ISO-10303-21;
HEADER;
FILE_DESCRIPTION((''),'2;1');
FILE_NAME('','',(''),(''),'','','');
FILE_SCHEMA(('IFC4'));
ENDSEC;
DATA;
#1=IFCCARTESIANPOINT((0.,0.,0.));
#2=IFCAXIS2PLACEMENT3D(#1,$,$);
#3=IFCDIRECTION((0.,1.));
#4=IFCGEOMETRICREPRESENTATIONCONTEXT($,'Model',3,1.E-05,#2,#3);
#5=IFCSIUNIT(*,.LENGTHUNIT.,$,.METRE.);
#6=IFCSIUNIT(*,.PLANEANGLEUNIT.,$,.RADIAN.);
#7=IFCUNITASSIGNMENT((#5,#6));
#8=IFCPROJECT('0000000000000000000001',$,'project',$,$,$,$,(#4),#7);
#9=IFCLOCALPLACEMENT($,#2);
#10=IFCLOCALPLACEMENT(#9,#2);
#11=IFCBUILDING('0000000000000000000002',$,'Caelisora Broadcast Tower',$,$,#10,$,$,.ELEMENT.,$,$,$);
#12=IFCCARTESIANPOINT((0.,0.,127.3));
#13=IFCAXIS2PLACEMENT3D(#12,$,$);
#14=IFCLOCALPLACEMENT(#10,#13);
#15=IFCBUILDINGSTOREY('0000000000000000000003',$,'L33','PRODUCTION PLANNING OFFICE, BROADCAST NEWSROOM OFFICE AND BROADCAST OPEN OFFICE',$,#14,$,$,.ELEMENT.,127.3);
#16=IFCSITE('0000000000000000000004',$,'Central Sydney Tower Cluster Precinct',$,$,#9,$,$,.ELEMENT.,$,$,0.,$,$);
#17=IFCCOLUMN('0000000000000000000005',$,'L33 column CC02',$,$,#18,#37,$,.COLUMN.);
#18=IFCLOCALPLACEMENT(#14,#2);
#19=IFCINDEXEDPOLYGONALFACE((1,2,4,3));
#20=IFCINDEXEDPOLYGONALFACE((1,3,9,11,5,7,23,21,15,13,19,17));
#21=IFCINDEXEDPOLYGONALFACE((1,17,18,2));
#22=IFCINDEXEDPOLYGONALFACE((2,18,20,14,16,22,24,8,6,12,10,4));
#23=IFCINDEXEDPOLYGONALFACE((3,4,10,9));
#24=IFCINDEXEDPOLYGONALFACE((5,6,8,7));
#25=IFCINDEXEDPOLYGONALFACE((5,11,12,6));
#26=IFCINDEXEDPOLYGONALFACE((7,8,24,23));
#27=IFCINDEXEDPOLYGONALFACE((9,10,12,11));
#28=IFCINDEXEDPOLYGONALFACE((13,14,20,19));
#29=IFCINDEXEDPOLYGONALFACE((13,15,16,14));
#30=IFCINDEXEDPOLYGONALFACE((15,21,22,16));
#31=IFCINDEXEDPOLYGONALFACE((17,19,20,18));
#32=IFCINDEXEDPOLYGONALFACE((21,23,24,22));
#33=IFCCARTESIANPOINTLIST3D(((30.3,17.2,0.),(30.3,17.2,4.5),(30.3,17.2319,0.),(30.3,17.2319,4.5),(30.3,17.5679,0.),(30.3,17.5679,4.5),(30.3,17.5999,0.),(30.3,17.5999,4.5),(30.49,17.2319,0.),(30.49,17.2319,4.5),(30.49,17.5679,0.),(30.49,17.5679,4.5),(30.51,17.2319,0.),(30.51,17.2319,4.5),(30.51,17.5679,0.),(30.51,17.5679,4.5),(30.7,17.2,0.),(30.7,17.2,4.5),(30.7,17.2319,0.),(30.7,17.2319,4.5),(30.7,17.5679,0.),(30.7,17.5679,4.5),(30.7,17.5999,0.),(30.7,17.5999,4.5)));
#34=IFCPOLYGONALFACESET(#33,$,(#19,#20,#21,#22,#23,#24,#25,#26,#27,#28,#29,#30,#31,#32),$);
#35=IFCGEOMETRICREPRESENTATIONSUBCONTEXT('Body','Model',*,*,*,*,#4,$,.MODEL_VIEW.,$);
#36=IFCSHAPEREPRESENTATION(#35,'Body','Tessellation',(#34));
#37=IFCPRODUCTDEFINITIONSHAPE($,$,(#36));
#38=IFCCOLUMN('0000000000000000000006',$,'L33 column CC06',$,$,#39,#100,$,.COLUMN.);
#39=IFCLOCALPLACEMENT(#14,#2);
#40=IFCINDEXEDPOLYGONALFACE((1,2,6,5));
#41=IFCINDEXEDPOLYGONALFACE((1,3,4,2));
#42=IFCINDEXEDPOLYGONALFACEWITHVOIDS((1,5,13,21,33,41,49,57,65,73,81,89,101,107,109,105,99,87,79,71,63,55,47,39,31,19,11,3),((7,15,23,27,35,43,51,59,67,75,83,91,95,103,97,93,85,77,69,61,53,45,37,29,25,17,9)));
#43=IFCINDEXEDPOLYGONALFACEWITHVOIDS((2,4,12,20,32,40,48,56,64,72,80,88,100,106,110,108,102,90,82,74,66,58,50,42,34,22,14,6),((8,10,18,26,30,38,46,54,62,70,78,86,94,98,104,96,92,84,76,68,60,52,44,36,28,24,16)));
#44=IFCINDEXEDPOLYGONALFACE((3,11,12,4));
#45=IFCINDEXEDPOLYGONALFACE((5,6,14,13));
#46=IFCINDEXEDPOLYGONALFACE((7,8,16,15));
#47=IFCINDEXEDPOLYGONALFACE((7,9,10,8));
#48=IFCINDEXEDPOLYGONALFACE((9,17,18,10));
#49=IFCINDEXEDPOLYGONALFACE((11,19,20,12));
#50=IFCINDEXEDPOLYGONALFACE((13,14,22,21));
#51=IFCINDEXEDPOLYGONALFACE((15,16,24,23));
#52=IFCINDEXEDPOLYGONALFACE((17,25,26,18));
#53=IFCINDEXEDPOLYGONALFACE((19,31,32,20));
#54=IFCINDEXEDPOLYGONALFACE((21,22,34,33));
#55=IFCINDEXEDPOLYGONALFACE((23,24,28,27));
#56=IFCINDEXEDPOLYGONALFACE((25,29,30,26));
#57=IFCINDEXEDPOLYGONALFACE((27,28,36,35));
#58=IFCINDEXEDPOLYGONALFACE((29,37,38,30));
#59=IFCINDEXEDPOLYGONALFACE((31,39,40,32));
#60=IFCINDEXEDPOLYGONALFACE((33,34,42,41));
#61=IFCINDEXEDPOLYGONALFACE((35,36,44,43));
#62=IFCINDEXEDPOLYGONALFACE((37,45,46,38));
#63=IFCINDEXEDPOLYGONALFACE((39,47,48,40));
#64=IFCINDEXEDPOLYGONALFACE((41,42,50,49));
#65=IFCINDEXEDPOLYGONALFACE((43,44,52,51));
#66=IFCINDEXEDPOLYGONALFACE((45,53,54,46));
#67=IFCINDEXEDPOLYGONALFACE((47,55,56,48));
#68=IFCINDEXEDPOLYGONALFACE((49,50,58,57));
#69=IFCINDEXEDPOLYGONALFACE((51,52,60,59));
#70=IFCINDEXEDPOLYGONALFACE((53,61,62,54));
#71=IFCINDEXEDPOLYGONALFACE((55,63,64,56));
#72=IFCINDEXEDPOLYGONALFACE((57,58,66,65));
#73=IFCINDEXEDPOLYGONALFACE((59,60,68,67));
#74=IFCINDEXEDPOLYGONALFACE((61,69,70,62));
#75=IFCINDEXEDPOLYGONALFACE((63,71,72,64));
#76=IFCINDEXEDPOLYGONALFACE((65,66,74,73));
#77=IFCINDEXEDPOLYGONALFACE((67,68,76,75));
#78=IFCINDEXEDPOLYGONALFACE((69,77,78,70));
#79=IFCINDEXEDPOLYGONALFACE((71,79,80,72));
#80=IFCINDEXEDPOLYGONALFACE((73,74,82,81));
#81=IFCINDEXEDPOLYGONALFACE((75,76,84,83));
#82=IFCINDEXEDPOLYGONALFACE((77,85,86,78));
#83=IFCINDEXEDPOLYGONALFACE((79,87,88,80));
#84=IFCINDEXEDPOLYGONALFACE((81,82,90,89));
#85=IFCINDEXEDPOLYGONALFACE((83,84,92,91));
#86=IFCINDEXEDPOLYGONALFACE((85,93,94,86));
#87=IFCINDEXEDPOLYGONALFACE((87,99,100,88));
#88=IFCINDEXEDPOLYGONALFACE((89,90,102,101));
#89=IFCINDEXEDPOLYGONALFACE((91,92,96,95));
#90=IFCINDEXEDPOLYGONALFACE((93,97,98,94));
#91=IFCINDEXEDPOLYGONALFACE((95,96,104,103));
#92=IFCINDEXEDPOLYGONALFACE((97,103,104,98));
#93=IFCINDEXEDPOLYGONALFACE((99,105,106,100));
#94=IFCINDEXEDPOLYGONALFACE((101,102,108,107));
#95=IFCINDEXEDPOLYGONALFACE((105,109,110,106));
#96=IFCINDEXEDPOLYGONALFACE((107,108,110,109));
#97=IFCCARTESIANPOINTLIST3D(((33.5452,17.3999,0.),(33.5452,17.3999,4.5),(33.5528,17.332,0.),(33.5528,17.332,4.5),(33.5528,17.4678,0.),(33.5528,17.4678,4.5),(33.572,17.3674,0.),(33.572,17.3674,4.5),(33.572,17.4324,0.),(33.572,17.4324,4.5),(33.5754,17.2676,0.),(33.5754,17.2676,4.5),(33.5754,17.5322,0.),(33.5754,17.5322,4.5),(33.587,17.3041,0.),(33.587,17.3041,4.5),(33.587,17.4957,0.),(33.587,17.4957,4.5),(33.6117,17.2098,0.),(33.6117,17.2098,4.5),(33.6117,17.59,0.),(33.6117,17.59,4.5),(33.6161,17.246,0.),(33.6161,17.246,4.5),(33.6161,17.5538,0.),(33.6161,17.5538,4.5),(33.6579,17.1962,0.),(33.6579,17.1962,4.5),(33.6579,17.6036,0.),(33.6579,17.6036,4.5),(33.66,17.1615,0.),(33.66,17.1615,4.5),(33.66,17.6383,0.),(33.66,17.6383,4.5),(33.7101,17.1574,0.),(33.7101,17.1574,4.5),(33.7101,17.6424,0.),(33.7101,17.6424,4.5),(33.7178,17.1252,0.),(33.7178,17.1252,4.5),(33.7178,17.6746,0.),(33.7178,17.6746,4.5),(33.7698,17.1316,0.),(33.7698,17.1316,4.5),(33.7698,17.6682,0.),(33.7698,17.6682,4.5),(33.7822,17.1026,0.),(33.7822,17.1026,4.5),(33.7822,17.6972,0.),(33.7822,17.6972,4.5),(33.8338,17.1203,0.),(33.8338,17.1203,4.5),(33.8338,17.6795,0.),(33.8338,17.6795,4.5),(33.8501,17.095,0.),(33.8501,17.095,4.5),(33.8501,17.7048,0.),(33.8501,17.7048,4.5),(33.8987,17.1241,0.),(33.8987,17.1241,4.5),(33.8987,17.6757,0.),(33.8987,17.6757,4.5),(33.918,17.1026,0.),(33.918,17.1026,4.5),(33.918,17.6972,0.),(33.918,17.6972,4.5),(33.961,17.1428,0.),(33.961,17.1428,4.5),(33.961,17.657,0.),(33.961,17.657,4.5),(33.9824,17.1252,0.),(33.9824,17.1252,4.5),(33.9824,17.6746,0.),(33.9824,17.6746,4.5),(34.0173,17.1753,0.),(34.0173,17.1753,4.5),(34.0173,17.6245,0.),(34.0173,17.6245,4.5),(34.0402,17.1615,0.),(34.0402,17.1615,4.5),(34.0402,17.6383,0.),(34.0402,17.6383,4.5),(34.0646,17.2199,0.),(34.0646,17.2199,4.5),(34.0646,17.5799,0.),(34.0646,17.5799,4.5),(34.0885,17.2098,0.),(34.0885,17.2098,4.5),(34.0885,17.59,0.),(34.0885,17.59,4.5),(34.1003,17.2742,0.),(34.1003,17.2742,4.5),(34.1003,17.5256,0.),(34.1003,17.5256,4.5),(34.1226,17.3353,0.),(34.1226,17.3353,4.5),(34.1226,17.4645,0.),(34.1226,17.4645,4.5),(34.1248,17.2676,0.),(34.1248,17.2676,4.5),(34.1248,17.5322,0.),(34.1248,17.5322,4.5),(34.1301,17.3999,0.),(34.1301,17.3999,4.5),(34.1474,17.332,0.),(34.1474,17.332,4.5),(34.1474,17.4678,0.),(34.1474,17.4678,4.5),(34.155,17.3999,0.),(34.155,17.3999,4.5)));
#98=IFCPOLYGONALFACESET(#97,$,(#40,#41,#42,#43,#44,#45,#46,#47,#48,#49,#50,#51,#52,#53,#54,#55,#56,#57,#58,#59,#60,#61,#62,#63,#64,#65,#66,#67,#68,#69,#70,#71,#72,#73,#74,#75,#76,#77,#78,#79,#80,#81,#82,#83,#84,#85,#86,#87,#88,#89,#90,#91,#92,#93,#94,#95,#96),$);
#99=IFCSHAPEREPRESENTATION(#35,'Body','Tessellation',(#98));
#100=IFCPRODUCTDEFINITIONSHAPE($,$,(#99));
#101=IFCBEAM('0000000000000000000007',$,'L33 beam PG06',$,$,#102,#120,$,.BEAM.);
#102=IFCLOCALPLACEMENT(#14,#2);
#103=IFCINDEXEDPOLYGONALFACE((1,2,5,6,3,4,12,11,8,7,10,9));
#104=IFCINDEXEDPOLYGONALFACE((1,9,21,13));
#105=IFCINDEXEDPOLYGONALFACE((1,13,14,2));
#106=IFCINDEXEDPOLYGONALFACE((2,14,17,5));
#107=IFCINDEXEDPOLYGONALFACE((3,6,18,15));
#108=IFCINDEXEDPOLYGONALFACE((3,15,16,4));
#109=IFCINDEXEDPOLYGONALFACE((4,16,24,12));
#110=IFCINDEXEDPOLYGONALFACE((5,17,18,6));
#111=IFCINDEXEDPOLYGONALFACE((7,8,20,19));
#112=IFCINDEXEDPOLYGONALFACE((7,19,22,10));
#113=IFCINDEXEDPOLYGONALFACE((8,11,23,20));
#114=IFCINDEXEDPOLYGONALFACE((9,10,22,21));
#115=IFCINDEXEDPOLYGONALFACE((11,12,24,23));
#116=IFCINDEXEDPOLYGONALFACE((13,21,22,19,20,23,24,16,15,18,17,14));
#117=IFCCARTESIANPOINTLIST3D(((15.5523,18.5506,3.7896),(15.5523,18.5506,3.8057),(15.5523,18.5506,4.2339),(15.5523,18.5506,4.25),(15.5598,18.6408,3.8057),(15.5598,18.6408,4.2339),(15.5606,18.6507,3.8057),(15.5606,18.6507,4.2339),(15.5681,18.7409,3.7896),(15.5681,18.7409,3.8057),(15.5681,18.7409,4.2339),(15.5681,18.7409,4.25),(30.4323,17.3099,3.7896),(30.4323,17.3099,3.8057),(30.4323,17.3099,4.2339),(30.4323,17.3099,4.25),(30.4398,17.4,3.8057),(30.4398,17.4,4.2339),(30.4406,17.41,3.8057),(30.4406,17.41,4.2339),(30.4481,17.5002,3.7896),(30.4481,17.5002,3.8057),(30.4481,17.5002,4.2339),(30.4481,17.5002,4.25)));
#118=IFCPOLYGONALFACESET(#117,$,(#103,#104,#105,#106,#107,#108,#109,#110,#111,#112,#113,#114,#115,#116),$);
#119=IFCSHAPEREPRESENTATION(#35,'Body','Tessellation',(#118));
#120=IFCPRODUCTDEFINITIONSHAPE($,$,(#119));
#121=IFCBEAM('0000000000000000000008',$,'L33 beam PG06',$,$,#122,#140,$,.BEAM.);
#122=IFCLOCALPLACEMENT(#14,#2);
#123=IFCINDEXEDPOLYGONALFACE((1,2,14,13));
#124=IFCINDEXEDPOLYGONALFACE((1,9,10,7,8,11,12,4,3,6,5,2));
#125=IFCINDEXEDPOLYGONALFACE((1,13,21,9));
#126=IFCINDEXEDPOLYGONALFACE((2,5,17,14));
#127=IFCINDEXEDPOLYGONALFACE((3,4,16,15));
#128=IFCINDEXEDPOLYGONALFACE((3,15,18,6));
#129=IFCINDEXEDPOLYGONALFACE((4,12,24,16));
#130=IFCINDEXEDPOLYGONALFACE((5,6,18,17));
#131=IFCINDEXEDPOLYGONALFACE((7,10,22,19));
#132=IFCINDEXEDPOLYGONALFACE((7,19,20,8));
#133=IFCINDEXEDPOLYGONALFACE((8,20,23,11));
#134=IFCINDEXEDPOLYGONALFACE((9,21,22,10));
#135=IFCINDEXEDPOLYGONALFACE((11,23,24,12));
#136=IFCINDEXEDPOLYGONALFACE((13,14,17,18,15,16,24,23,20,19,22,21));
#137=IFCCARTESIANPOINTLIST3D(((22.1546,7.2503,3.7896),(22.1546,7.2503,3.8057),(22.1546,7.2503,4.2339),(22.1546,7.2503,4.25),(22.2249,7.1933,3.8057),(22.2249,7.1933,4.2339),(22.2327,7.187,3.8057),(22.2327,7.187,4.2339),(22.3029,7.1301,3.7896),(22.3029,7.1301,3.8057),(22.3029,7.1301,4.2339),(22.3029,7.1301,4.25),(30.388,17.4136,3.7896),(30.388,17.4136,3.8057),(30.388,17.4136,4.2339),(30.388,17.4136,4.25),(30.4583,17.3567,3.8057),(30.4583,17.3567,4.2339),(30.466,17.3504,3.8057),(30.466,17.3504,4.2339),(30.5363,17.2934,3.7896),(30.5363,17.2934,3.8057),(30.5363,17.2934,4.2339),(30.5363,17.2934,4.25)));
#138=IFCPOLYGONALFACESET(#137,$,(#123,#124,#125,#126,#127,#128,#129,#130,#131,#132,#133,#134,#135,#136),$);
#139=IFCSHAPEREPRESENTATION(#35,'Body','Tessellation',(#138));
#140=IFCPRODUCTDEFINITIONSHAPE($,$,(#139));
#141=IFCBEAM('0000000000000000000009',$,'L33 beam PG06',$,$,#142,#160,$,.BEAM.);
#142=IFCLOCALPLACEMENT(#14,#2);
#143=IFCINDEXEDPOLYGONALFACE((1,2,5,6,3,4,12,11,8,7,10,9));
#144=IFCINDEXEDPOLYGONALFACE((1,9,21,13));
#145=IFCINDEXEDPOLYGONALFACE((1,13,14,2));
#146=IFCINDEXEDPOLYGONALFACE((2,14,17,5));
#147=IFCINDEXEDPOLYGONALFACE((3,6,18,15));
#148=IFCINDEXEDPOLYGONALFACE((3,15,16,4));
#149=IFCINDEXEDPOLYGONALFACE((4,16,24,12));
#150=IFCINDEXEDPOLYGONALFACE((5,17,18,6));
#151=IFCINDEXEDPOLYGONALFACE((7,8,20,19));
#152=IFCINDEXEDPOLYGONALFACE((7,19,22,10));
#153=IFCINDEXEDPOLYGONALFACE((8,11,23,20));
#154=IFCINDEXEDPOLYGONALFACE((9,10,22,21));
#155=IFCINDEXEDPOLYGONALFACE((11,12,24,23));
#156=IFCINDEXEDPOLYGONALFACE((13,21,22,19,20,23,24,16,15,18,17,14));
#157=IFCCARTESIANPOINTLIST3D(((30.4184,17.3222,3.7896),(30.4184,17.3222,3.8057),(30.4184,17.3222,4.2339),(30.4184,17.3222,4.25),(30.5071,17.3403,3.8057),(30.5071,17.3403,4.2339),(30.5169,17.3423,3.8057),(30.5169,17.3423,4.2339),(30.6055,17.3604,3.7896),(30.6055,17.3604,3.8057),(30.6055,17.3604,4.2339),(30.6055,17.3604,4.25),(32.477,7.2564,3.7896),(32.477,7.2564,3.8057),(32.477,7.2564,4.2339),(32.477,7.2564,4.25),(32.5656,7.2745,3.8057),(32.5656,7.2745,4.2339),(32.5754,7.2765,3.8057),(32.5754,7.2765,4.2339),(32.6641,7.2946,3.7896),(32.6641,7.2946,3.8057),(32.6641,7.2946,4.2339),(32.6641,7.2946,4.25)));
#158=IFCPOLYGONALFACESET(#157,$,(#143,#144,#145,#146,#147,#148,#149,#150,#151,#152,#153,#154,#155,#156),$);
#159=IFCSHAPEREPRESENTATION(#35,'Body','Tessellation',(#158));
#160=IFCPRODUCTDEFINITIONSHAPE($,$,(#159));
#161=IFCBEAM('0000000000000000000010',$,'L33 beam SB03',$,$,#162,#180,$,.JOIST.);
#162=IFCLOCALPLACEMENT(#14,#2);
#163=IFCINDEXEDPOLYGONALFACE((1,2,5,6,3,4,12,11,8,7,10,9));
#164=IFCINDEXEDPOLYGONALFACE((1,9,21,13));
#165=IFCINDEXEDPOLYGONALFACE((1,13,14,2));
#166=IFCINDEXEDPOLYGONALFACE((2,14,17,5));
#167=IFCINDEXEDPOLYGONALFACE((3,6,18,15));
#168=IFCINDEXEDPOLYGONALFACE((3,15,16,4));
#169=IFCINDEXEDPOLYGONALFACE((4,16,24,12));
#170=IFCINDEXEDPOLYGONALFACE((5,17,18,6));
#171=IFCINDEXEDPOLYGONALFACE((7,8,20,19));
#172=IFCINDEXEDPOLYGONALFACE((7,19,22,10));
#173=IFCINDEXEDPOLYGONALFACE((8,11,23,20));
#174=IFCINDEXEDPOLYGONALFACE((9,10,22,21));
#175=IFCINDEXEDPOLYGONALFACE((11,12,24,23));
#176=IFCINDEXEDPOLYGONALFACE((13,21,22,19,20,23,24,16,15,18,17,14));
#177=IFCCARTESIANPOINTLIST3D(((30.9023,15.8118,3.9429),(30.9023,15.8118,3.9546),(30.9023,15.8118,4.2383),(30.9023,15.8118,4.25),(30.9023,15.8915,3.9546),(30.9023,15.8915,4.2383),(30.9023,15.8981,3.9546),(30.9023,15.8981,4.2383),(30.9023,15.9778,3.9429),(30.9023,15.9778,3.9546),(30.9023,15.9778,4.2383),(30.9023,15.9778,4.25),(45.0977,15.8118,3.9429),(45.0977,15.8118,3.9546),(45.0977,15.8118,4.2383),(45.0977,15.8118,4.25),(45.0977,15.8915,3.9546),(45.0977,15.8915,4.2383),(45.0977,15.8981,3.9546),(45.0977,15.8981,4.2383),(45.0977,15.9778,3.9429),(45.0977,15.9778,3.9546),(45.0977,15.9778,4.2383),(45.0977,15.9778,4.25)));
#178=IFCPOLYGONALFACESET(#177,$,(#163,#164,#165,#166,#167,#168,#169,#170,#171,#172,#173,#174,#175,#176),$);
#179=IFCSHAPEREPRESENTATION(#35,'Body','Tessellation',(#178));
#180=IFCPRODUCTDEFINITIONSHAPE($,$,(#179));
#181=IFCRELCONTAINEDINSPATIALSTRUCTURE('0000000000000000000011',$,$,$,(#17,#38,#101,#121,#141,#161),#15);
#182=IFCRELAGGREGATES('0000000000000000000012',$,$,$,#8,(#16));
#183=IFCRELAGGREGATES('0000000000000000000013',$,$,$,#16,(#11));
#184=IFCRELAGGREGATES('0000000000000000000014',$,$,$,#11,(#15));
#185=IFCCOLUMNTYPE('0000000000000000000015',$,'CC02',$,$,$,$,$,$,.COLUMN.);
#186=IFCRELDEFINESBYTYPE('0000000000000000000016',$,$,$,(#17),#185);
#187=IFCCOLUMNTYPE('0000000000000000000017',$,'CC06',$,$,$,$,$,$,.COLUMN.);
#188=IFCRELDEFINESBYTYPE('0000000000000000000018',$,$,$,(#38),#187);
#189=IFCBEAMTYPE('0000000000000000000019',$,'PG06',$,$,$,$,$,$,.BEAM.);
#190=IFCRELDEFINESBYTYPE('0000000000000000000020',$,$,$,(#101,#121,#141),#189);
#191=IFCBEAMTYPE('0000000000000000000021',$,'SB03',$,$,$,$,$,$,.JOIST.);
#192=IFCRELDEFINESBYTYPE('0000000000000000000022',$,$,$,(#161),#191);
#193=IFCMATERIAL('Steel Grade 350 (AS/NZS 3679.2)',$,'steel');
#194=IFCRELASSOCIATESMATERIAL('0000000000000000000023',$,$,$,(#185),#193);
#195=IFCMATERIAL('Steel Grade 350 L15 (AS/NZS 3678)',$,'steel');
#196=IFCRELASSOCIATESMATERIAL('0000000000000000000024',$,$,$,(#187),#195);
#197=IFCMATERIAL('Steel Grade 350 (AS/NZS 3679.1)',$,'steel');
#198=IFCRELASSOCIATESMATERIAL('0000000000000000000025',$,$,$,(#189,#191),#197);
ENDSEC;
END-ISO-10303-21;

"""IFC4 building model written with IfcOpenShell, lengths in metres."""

from ifc_helpers import new_model, si_unit, direction, frame, origin, origin_2d, place, context, subcontext, project, spatial, hollow_circle, i_section, extrude, source, transform, mapped, material, material_profile, profile_set, type_object, type_shapes, element, save


model = new_model("IFC4")

# Units and contexts
model_context = context("Model", 3, precision=1e-05, world=origin(), true_north=direction((0.0, 1.0)))
body_context = subcontext(model_context, "Body", "Model", "MODEL_VIEW")
ifc_project = project(units=[si_unit("LENGTHUNIT", "METRE"), si_unit("PLANEANGLEUNIT", "RADIAN")], contexts=[model_context])

# Site, building, storey
site_placement = place(None, origin())
site = spatial("IfcSite", under=ifc_project, at=site_placement, Name="Central Sydney Tower Cluster Precinct", CompositionType="ELEMENT", RefElevation=0.0)
building_placement = place(site_placement, origin())
building = spatial("IfcBuilding", under=site, at=building_placement, Name="Caelisora Broadcast Tower", CompositionType="ELEMENT")
storey_placement = place(building_placement, frame((0.0, 0.0, 127.3)))
storey = spatial("IfcBuildingStorey", under=building, at=storey_placement, Name="L33", Description="PRODUCTION PLANNING OFFICE, BROADCAST NEWSROOM OFFICE AND BROADCAST OPEN OFFICE", CompositionType="ELEMENT", Elevation=127.3)

# Columns
ifc_material_1 = material(Name="Steel Grade 350 (AS/NZS 3679.2)", Category="steel")
ifc_material_profile_1 = material_profile(ifc_material_1, i_section(OverallWidth=0.3999, OverallDepth=0.3999, WebThickness=0.02, FlangeThickness=0.032, at=origin_2d()), Name="Steel Grade 350 (AS/NZS 3679.2)")
ifc_profile_set_1 = profile_set([ifc_material_profile_1], Name="Steel Grade 350 (AS/NZS 3679.2)")
column_type_1 = type_object("IfcColumnType", Name="CC02", PredefinedType="COLUMN", material=ifc_profile_set_1)
shared_shape_1 = source(origin(), body_context, "Body", "SweptSolid", [
    extrude(i_section(OverallWidth=0.3999, OverallDepth=0.3999, WebThickness=0.02, FlangeThickness=0.032, at=origin_2d()), origin(), (0.0, 0.0, 1.0), 4.5),
])
type_shapes(column_type_1, [shared_shape_1])
column_1_placement = place(storey_placement, frame((30.5, 17.3999, 0.0), z_axis=(0.0, 0.0, 1.0), x_axis=(1.0, 0.0, 0.0)))
element("IfcColumn", 1, at=column_1_placement, inside=storey, type_object=column_type_1, Name="L33 column CC02", PredefinedType="COLUMN", context=body_context, shape_type="MappedRepresentation", body=[
    mapped(shared_shape_1, transform((0.0, 0.0, 0.0), scale=1.0)),
])
ifc_material_2 = material(Name="Steel Grade 350 L15 (AS/NZS 3678)", Category="steel")
ifc_material_profile_2 = material_profile(ifc_material_2, hollow_circle(Radius=0.3049, WallThickness=0.0249, at=origin_2d()), Name="Steel Grade 350 L15 (AS/NZS 3678)")
ifc_profile_set_2 = profile_set([ifc_material_profile_2], Name="Steel Grade 350 L15 (AS/NZS 3678)")
column_type_2 = type_object("IfcColumnType", Name="CC06", PredefinedType="COLUMN", material=ifc_profile_set_2)
shared_shape_2 = source(origin(), body_context, "Body", "SweptSolid", [
    extrude(hollow_circle(Radius=0.3049, WallThickness=0.0249, at=origin_2d()), origin(), (0.0, 0.0, 1.0), 4.5),
])
type_shapes(column_type_2, [shared_shape_2])
column_2_placement = place(storey_placement, frame((33.8501, 17.3999, 0.0), z_axis=(0.0, 0.0, 1.0), x_axis=(1.0, 0.0, 0.0)))
element("IfcColumn", 2, at=column_2_placement, inside=storey, type_object=column_type_2, Name="L33 column CC06", PredefinedType="COLUMN", context=body_context, shape_type="MappedRepresentation", body=[
    mapped(shared_shape_2, transform((0.0, 0.0, 0.0), scale=1.0)),
])

# Beams
ifc_material_3 = material(Name="Steel Grade 350 (AS/NZS 3679.1)", Category="steel")
ifc_material_profile_3 = material_profile(ifc_material_3, i_section(OverallWidth=0.1909, OverallDepth=0.4604, WebThickness=0.01, FlangeThickness=0.0161, at=origin_2d()), Name="Steel Grade 350 (AS/NZS 3679.1)")
ifc_profile_set_3 = profile_set([ifc_material_profile_3], Name="Steel Grade 350 (AS/NZS 3679.1)")
beam_type_1 = type_object("IfcBeamType", Name="PG06", PredefinedType="BEAM", material=ifc_profile_set_3)
shared_shape_3 = source(origin(), body_context, "Body", "SweptSolid", [
    extrude(i_section(OverallWidth=0.1909, OverallDepth=0.4604, WebThickness=0.01, FlangeThickness=0.0161, at=origin_2d()), origin(), (0.0, 0.0, 1.0), 14.9316),
])
beam_1_placement = place(storey_placement, frame((30.4402, 17.405, 4.0198), z_axis=(-0.996542, 0.083094, 0.0), x_axis=(-0.083094, -0.996542, 0.0)))
element("IfcBeam", 3, at=beam_1_placement, inside=storey, type_object=beam_type_1, Name="L33 beam PG06", PredefinedType="BEAM", context=body_context, shape_type="MappedRepresentation", body=[
    mapped(shared_shape_3, transform((0.0, 0.0, 0.0), scale=1.0)),
])
shared_shape_4 = source(origin(), body_context, "Body", "SweptSolid", [
    extrude(i_section(OverallWidth=0.1909, OverallDepth=0.4604, WebThickness=0.01, FlangeThickness=0.0161, at=origin_2d()), origin(), (0.0, 0.0, 1.0), 13.0798),
])
beam_2_placement = place(storey_placement, frame((30.4622, 17.3535, 4.0198), z_axis=(-0.629473, -0.777023, 0.0), x_axis=(0.777023, -0.629473, 0.0)))
element("IfcBeam", 4, at=beam_2_placement, inside=storey, type_object=beam_type_1, Name="L33 beam PG06", PredefinedType="BEAM", context=body_context, shape_type="MappedRepresentation", body=[
    mapped(shared_shape_4, transform((0.0, 0.0, 0.0), scale=1.0)),
])
shared_shape_5 = source(origin(), body_context, "Body", "SweptSolid", [
    extrude(i_section(OverallWidth=0.1909, OverallDepth=0.4604, WebThickness=0.01, FlangeThickness=0.0161, at=origin_2d()), origin(), (0.0, 0.0, 1.0), 10.2742),
])
type_shapes(beam_type_1, [shared_shape_3, shared_shape_4, shared_shape_5])
beam_3_placement = place(storey_placement, frame((30.512, 17.3413, 4.0198), z_axis=(0.200364, -0.979722, 0.0), x_axis=(0.979722, 0.200364, 0.0)))
element("IfcBeam", 5, at=beam_3_placement, inside=storey, type_object=beam_type_1, Name="L33 beam PG06", PredefinedType="BEAM", context=body_context, shape_type="MappedRepresentation", body=[
    mapped(shared_shape_5, transform((0.0, 0.0, 0.0), scale=1.0)),
])
ifc_material_profile_4 = material_profile(ifc_material_3, i_section(OverallWidth=0.166, OverallDepth=0.3071, WebThickness=0.0066, FlangeThickness=0.0117, at=origin_2d()), Name="Steel Grade 350 (AS/NZS 3679.1)")
ifc_profile_set_4 = profile_set([ifc_material_profile_4], Name="Steel Grade 350 (AS/NZS 3679.1)")
beam_type_2 = type_object("IfcBeamType", Name="SB03", PredefinedType="JOIST", material=ifc_profile_set_4)
shared_shape_6 = source(origin(), body_context, "Body", "SweptSolid", [
    extrude(i_section(OverallWidth=0.166, OverallDepth=0.3071, WebThickness=0.0066, FlangeThickness=0.0117, at=origin_2d()), origin(), (0.0, 0.0, 1.0), 14.1953),
])
type_shapes(beam_type_2, [shared_shape_6])
beam_4_placement = place(storey_placement, frame((30.9023, 15.8948, 4.0964), z_axis=(1.0, 0.0, 0.0), x_axis=(0.0, 1.0, 0.0)))
element("IfcBeam", 6, at=beam_4_placement, inside=storey, type_object=beam_type_2, Name="L33 beam SB03", PredefinedType="JOIST", context=body_context, shape_type="MappedRepresentation", body=[
    mapped(shared_shape_6, transform((0.0, 0.0, 0.0), scale=1.0)),
])

save(model, "model.ifc")
